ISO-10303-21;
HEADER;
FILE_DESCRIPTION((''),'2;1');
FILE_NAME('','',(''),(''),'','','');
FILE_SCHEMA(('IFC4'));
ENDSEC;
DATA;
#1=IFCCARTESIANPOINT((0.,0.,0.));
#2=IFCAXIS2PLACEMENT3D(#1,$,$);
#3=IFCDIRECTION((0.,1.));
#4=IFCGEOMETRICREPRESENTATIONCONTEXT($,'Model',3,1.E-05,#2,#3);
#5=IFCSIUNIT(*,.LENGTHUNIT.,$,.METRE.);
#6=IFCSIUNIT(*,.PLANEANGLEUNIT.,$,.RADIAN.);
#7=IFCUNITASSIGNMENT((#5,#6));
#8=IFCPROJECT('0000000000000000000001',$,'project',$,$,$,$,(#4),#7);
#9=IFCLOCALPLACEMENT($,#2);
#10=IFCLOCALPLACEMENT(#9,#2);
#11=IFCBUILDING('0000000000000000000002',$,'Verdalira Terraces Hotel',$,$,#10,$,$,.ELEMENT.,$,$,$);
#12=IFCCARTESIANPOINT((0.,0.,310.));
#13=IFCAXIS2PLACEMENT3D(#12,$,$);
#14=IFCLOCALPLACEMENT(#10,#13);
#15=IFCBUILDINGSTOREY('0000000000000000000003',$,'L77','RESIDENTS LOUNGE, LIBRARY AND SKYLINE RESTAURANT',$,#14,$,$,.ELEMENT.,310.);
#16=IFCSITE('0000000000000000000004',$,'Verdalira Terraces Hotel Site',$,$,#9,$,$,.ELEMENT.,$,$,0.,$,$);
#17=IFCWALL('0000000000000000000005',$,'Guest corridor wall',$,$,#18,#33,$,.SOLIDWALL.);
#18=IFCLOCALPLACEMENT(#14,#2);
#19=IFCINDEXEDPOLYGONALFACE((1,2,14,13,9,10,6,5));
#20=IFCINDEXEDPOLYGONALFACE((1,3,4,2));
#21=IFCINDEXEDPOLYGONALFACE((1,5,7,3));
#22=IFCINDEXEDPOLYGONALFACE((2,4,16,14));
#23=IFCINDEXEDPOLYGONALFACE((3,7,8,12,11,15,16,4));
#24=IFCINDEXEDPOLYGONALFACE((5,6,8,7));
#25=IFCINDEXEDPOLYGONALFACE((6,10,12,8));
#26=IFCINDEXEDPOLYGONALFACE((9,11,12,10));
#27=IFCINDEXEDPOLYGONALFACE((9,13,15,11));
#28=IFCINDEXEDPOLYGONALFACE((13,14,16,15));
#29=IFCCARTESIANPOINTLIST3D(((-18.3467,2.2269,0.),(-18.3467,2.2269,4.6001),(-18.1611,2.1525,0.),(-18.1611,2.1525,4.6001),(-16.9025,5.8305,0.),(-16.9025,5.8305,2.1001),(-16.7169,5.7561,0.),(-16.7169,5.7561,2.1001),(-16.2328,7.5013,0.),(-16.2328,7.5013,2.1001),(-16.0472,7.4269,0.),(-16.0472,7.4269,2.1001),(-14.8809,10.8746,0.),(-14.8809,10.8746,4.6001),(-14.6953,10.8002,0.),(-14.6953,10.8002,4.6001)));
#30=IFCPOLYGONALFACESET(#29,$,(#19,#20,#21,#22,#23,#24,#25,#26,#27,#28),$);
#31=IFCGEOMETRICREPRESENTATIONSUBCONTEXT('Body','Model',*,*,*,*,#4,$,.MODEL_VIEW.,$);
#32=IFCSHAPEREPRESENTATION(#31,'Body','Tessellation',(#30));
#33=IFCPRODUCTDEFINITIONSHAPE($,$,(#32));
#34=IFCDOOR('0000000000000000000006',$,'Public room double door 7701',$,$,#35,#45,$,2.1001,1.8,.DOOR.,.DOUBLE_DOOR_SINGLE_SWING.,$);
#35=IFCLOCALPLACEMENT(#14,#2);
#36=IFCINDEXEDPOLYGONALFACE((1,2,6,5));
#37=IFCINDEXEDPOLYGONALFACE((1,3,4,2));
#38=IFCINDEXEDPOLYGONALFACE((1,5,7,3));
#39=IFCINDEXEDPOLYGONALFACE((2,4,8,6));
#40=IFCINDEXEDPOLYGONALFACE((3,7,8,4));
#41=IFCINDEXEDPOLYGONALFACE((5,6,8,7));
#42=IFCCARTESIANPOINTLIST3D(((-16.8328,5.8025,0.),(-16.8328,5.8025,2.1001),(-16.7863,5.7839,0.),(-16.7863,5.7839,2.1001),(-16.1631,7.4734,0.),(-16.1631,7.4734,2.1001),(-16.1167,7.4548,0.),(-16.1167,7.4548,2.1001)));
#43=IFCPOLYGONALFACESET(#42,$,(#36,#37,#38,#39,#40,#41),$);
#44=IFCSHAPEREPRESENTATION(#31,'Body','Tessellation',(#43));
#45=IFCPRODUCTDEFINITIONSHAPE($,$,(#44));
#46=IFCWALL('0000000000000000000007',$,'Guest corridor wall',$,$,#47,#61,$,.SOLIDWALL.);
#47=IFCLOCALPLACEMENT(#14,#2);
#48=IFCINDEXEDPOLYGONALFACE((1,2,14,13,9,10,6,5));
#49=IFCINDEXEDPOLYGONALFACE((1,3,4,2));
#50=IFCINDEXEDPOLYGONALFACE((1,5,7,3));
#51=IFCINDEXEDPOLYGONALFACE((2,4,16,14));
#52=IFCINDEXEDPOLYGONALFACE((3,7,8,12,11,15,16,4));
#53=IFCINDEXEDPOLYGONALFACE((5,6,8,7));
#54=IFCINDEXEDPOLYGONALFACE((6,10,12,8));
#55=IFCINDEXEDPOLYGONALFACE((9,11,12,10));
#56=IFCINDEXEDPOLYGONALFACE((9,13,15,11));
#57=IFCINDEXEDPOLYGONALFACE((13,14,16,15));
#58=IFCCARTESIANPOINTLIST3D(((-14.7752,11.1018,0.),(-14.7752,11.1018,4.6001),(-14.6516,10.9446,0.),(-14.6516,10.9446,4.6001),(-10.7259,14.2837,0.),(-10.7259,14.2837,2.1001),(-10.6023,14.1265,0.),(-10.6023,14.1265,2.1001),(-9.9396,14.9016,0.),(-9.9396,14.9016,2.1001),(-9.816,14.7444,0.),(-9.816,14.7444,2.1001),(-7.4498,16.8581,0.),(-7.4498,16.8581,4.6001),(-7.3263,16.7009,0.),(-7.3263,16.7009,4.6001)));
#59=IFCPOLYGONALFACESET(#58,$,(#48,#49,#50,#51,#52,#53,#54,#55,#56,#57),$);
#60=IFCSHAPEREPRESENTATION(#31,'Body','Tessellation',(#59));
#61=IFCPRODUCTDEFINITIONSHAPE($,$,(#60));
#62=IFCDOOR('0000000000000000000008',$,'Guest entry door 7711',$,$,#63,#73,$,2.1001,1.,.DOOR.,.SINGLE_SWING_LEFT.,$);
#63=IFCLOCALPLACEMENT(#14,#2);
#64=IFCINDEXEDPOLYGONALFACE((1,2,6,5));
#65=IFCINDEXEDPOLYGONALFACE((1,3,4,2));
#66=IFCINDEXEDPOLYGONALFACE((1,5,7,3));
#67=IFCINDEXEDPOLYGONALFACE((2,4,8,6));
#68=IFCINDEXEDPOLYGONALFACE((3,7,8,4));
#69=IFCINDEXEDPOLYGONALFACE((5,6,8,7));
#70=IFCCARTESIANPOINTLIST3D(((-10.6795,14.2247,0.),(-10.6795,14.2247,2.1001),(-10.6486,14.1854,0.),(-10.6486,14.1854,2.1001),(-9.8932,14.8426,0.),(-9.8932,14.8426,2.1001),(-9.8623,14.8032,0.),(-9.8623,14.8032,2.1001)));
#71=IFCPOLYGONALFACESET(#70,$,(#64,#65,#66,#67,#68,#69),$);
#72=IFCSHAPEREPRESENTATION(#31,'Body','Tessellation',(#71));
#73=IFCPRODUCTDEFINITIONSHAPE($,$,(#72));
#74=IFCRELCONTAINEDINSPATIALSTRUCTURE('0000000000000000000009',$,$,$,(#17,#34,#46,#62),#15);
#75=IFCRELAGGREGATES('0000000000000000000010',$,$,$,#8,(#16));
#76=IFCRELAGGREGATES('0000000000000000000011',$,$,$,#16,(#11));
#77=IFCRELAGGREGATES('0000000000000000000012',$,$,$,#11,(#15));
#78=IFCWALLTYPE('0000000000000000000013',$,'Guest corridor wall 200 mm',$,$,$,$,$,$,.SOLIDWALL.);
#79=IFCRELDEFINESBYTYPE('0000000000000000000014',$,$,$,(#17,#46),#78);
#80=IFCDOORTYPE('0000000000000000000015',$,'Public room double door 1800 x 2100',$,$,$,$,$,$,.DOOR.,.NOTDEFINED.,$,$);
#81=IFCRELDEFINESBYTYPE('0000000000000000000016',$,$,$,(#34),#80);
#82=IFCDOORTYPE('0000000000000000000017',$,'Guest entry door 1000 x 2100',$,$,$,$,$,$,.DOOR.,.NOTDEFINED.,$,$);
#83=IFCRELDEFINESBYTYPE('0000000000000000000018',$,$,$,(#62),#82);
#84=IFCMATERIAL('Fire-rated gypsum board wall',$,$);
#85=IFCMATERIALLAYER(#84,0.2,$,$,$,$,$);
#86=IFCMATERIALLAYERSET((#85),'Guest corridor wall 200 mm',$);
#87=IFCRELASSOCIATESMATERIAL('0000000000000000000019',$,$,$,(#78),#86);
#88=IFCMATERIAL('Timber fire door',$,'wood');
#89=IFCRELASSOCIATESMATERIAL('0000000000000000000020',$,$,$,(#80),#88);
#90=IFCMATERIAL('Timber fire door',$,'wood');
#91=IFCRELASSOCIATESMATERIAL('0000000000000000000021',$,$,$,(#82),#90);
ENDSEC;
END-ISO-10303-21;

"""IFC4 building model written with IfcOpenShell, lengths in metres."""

from ifc_helpers import new_model, si_unit, direction, frame, frame_2d, origin, place, context, subcontext, project, spatial, rectangle, extrude, material, layer, layer_set, type_object, element, fill, save


model = new_model("IFC4")

# Units and contexts
model_context = context("Model", 3, precision=1e-05, world=origin(), true_north=direction((0.0, 1.0)))
body_context = subcontext(model_context, "Body", "Model", "MODEL_VIEW")
ifc_project = project(units=[si_unit("LENGTHUNIT", "METRE"), si_unit("PLANEANGLEUNIT", "RADIAN")], contexts=[model_context])

# Site, building, storey
site_placement = place(None, origin())
site = spatial("IfcSite", under=ifc_project, at=site_placement, Name="Verdalira Terraces Hotel Site", CompositionType="ELEMENT", RefElevation=0.0)
building_placement = place(site_placement, origin())
building = spatial("IfcBuilding", under=site, at=building_placement, Name="Verdalira Terraces Hotel", CompositionType="ELEMENT")
storey_placement = place(building_placement, frame((0.0, 0.0, 310.0)))
storey = spatial("IfcBuildingStorey", under=building, at=storey_placement, Name="L77", Description="RESIDENTS LOUNGE, LIBRARY AND SKYLINE RESTAURANT", CompositionType="ELEMENT", Elevation=310.0)

# Walls, openings, doors
ifc_material_1 = material(Name="Fire-rated gypsum board wall")
ifc_layer_1 = layer(ifc_material_1, 0.2)
ifc_layer_set_1 = layer_set([ifc_layer_1], Name="Guest corridor wall 200 mm")
wall_type_1 = type_object("IfcWallType", Name="Guest corridor wall 200 mm", PredefinedType="SOLIDWALL", material=ifc_layer_set_1)
wall_1_placement = place(storey_placement, frame((-18.2539, 2.1897, 0.0), z_axis=(0.0, 0.0, 1.0), x_axis=(0.372014, 0.928227, 0.0)))
wall_1 = element("IfcWall", 1, at=wall_1_placement, inside=storey, type_object=wall_type_1, Name="Guest corridor wall", PredefinedType="SOLIDWALL", context=body_context, shape_type="SweptSolid", body=[
    extrude(rectangle(XDim=9.3164, YDim=0.2, at=frame_2d((4.6582, 0.0))), origin(), (0.0, 0.0, 1.0), 4.6001),
])
opening_1_placement = place(wall_1_placement, frame((3.8823, 0.0, 0.0)))
opening_1 = element("IfcOpeningElement", 2, at=opening_1_placement, cuts=wall_1, PredefinedType="OPENING", context=body_context, shape_type="SweptSolid", body=[
    extrude(rectangle(XDim=1.8, YDim=2.1001, at=frame_2d((0.8999, 1.05))), frame((0.0, 0.1099, 0.0), z_axis=(0.0, -1.0, 0.0), x_axis=(1.0, 0.0, 0.0)), (0.0, 0.0, 1.0), 0.22),
])
ifc_material_2 = material(Name="Timber fire door", Category="wood")
door_type_1 = type_object("IfcDoorType", Name="Public room double door 1800 x 2100", OperationType="NOTDEFINED", PredefinedType="DOOR", material=ifc_material_2)
door_1_placement = place(opening_1_placement, origin())
door_1 = element("IfcDoor", 3, at=door_1_placement, inside=storey, type_object=door_type_1, Name="Public room double door 7701", OperationType="DOUBLE_DOOR_SINGLE_SWING", OverallHeight=2.1001, OverallWidth=1.8, PredefinedType="DOOR", context=body_context, shape_type="SweptSolid", body=[
    extrude(rectangle(XDim=1.8, YDim=2.1001, at=frame_2d((0.8999, 1.05))), frame((0.0, 0.0249, 0.0), z_axis=(0.0, -1.0, 0.0), x_axis=(1.0, 0.0, 0.0)), (0.0, 0.0, 1.0), 0.05),
])
fill(opening_1, door_1)
wall_2_placement = place(storey_placement, frame((-14.7134, 11.0232, 0.0), z_axis=(0.0, 0.0, 1.0), x_axis=(0.786285, 0.617864, 0.0)))
wall_2 = element("IfcWall", 4, at=wall_2_placement, inside=storey, type_object=wall_type_1, Name="Guest corridor wall", PredefinedType="SOLIDWALL", context=body_context, shape_type="SweptSolid", body=[
    extrude(rectangle(XDim=9.3164, YDim=0.2, at=frame_2d((4.6582, 0.0))), origin(), (0.0, 0.0, 1.0), 4.6001),
])
opening_2_placement = place(wall_2_placement, frame((5.1499, 0.0, 0.0)))
opening_2 = element("IfcOpeningElement", 5, at=opening_2_placement, cuts=wall_2, PredefinedType="OPENING", context=body_context, shape_type="SweptSolid", body=[
    extrude(rectangle(XDim=1.0, YDim=2.1001, at=frame_2d((0.5, 1.05))), frame((0.0, 0.1099, 0.0), z_axis=(0.0, -1.0, 0.0), x_axis=(1.0, 0.0, 0.0)), (0.0, 0.0, 1.0), 0.22),
])
ifc_material_3 = material(Name="Timber fire door", Category="wood")
door_type_2 = type_object("IfcDoorType", Name="Guest entry door 1000 x 2100", OperationType="NOTDEFINED", PredefinedType="DOOR", material=ifc_material_3)
door_2_placement = place(opening_2_placement, origin())
door_2 = element("IfcDoor", 6, at=door_2_placement, inside=storey, type_object=door_type_2, Name="Guest entry door 7711", OperationType="SINGLE_SWING_LEFT", OverallHeight=2.1001, OverallWidth=1.0, PredefinedType="DOOR", context=body_context, shape_type="SweptSolid", body=[
    extrude(rectangle(XDim=1.0, YDim=2.1001, at=frame_2d((0.5, 1.05))), frame((0.0, 0.0249, 0.0), z_axis=(0.0, -1.0, 0.0), x_axis=(1.0, 0.0, 0.0)), (0.0, 0.0, 1.0), 0.05),
])
fill(opening_2, door_2)

save(model, "model.ifc")
